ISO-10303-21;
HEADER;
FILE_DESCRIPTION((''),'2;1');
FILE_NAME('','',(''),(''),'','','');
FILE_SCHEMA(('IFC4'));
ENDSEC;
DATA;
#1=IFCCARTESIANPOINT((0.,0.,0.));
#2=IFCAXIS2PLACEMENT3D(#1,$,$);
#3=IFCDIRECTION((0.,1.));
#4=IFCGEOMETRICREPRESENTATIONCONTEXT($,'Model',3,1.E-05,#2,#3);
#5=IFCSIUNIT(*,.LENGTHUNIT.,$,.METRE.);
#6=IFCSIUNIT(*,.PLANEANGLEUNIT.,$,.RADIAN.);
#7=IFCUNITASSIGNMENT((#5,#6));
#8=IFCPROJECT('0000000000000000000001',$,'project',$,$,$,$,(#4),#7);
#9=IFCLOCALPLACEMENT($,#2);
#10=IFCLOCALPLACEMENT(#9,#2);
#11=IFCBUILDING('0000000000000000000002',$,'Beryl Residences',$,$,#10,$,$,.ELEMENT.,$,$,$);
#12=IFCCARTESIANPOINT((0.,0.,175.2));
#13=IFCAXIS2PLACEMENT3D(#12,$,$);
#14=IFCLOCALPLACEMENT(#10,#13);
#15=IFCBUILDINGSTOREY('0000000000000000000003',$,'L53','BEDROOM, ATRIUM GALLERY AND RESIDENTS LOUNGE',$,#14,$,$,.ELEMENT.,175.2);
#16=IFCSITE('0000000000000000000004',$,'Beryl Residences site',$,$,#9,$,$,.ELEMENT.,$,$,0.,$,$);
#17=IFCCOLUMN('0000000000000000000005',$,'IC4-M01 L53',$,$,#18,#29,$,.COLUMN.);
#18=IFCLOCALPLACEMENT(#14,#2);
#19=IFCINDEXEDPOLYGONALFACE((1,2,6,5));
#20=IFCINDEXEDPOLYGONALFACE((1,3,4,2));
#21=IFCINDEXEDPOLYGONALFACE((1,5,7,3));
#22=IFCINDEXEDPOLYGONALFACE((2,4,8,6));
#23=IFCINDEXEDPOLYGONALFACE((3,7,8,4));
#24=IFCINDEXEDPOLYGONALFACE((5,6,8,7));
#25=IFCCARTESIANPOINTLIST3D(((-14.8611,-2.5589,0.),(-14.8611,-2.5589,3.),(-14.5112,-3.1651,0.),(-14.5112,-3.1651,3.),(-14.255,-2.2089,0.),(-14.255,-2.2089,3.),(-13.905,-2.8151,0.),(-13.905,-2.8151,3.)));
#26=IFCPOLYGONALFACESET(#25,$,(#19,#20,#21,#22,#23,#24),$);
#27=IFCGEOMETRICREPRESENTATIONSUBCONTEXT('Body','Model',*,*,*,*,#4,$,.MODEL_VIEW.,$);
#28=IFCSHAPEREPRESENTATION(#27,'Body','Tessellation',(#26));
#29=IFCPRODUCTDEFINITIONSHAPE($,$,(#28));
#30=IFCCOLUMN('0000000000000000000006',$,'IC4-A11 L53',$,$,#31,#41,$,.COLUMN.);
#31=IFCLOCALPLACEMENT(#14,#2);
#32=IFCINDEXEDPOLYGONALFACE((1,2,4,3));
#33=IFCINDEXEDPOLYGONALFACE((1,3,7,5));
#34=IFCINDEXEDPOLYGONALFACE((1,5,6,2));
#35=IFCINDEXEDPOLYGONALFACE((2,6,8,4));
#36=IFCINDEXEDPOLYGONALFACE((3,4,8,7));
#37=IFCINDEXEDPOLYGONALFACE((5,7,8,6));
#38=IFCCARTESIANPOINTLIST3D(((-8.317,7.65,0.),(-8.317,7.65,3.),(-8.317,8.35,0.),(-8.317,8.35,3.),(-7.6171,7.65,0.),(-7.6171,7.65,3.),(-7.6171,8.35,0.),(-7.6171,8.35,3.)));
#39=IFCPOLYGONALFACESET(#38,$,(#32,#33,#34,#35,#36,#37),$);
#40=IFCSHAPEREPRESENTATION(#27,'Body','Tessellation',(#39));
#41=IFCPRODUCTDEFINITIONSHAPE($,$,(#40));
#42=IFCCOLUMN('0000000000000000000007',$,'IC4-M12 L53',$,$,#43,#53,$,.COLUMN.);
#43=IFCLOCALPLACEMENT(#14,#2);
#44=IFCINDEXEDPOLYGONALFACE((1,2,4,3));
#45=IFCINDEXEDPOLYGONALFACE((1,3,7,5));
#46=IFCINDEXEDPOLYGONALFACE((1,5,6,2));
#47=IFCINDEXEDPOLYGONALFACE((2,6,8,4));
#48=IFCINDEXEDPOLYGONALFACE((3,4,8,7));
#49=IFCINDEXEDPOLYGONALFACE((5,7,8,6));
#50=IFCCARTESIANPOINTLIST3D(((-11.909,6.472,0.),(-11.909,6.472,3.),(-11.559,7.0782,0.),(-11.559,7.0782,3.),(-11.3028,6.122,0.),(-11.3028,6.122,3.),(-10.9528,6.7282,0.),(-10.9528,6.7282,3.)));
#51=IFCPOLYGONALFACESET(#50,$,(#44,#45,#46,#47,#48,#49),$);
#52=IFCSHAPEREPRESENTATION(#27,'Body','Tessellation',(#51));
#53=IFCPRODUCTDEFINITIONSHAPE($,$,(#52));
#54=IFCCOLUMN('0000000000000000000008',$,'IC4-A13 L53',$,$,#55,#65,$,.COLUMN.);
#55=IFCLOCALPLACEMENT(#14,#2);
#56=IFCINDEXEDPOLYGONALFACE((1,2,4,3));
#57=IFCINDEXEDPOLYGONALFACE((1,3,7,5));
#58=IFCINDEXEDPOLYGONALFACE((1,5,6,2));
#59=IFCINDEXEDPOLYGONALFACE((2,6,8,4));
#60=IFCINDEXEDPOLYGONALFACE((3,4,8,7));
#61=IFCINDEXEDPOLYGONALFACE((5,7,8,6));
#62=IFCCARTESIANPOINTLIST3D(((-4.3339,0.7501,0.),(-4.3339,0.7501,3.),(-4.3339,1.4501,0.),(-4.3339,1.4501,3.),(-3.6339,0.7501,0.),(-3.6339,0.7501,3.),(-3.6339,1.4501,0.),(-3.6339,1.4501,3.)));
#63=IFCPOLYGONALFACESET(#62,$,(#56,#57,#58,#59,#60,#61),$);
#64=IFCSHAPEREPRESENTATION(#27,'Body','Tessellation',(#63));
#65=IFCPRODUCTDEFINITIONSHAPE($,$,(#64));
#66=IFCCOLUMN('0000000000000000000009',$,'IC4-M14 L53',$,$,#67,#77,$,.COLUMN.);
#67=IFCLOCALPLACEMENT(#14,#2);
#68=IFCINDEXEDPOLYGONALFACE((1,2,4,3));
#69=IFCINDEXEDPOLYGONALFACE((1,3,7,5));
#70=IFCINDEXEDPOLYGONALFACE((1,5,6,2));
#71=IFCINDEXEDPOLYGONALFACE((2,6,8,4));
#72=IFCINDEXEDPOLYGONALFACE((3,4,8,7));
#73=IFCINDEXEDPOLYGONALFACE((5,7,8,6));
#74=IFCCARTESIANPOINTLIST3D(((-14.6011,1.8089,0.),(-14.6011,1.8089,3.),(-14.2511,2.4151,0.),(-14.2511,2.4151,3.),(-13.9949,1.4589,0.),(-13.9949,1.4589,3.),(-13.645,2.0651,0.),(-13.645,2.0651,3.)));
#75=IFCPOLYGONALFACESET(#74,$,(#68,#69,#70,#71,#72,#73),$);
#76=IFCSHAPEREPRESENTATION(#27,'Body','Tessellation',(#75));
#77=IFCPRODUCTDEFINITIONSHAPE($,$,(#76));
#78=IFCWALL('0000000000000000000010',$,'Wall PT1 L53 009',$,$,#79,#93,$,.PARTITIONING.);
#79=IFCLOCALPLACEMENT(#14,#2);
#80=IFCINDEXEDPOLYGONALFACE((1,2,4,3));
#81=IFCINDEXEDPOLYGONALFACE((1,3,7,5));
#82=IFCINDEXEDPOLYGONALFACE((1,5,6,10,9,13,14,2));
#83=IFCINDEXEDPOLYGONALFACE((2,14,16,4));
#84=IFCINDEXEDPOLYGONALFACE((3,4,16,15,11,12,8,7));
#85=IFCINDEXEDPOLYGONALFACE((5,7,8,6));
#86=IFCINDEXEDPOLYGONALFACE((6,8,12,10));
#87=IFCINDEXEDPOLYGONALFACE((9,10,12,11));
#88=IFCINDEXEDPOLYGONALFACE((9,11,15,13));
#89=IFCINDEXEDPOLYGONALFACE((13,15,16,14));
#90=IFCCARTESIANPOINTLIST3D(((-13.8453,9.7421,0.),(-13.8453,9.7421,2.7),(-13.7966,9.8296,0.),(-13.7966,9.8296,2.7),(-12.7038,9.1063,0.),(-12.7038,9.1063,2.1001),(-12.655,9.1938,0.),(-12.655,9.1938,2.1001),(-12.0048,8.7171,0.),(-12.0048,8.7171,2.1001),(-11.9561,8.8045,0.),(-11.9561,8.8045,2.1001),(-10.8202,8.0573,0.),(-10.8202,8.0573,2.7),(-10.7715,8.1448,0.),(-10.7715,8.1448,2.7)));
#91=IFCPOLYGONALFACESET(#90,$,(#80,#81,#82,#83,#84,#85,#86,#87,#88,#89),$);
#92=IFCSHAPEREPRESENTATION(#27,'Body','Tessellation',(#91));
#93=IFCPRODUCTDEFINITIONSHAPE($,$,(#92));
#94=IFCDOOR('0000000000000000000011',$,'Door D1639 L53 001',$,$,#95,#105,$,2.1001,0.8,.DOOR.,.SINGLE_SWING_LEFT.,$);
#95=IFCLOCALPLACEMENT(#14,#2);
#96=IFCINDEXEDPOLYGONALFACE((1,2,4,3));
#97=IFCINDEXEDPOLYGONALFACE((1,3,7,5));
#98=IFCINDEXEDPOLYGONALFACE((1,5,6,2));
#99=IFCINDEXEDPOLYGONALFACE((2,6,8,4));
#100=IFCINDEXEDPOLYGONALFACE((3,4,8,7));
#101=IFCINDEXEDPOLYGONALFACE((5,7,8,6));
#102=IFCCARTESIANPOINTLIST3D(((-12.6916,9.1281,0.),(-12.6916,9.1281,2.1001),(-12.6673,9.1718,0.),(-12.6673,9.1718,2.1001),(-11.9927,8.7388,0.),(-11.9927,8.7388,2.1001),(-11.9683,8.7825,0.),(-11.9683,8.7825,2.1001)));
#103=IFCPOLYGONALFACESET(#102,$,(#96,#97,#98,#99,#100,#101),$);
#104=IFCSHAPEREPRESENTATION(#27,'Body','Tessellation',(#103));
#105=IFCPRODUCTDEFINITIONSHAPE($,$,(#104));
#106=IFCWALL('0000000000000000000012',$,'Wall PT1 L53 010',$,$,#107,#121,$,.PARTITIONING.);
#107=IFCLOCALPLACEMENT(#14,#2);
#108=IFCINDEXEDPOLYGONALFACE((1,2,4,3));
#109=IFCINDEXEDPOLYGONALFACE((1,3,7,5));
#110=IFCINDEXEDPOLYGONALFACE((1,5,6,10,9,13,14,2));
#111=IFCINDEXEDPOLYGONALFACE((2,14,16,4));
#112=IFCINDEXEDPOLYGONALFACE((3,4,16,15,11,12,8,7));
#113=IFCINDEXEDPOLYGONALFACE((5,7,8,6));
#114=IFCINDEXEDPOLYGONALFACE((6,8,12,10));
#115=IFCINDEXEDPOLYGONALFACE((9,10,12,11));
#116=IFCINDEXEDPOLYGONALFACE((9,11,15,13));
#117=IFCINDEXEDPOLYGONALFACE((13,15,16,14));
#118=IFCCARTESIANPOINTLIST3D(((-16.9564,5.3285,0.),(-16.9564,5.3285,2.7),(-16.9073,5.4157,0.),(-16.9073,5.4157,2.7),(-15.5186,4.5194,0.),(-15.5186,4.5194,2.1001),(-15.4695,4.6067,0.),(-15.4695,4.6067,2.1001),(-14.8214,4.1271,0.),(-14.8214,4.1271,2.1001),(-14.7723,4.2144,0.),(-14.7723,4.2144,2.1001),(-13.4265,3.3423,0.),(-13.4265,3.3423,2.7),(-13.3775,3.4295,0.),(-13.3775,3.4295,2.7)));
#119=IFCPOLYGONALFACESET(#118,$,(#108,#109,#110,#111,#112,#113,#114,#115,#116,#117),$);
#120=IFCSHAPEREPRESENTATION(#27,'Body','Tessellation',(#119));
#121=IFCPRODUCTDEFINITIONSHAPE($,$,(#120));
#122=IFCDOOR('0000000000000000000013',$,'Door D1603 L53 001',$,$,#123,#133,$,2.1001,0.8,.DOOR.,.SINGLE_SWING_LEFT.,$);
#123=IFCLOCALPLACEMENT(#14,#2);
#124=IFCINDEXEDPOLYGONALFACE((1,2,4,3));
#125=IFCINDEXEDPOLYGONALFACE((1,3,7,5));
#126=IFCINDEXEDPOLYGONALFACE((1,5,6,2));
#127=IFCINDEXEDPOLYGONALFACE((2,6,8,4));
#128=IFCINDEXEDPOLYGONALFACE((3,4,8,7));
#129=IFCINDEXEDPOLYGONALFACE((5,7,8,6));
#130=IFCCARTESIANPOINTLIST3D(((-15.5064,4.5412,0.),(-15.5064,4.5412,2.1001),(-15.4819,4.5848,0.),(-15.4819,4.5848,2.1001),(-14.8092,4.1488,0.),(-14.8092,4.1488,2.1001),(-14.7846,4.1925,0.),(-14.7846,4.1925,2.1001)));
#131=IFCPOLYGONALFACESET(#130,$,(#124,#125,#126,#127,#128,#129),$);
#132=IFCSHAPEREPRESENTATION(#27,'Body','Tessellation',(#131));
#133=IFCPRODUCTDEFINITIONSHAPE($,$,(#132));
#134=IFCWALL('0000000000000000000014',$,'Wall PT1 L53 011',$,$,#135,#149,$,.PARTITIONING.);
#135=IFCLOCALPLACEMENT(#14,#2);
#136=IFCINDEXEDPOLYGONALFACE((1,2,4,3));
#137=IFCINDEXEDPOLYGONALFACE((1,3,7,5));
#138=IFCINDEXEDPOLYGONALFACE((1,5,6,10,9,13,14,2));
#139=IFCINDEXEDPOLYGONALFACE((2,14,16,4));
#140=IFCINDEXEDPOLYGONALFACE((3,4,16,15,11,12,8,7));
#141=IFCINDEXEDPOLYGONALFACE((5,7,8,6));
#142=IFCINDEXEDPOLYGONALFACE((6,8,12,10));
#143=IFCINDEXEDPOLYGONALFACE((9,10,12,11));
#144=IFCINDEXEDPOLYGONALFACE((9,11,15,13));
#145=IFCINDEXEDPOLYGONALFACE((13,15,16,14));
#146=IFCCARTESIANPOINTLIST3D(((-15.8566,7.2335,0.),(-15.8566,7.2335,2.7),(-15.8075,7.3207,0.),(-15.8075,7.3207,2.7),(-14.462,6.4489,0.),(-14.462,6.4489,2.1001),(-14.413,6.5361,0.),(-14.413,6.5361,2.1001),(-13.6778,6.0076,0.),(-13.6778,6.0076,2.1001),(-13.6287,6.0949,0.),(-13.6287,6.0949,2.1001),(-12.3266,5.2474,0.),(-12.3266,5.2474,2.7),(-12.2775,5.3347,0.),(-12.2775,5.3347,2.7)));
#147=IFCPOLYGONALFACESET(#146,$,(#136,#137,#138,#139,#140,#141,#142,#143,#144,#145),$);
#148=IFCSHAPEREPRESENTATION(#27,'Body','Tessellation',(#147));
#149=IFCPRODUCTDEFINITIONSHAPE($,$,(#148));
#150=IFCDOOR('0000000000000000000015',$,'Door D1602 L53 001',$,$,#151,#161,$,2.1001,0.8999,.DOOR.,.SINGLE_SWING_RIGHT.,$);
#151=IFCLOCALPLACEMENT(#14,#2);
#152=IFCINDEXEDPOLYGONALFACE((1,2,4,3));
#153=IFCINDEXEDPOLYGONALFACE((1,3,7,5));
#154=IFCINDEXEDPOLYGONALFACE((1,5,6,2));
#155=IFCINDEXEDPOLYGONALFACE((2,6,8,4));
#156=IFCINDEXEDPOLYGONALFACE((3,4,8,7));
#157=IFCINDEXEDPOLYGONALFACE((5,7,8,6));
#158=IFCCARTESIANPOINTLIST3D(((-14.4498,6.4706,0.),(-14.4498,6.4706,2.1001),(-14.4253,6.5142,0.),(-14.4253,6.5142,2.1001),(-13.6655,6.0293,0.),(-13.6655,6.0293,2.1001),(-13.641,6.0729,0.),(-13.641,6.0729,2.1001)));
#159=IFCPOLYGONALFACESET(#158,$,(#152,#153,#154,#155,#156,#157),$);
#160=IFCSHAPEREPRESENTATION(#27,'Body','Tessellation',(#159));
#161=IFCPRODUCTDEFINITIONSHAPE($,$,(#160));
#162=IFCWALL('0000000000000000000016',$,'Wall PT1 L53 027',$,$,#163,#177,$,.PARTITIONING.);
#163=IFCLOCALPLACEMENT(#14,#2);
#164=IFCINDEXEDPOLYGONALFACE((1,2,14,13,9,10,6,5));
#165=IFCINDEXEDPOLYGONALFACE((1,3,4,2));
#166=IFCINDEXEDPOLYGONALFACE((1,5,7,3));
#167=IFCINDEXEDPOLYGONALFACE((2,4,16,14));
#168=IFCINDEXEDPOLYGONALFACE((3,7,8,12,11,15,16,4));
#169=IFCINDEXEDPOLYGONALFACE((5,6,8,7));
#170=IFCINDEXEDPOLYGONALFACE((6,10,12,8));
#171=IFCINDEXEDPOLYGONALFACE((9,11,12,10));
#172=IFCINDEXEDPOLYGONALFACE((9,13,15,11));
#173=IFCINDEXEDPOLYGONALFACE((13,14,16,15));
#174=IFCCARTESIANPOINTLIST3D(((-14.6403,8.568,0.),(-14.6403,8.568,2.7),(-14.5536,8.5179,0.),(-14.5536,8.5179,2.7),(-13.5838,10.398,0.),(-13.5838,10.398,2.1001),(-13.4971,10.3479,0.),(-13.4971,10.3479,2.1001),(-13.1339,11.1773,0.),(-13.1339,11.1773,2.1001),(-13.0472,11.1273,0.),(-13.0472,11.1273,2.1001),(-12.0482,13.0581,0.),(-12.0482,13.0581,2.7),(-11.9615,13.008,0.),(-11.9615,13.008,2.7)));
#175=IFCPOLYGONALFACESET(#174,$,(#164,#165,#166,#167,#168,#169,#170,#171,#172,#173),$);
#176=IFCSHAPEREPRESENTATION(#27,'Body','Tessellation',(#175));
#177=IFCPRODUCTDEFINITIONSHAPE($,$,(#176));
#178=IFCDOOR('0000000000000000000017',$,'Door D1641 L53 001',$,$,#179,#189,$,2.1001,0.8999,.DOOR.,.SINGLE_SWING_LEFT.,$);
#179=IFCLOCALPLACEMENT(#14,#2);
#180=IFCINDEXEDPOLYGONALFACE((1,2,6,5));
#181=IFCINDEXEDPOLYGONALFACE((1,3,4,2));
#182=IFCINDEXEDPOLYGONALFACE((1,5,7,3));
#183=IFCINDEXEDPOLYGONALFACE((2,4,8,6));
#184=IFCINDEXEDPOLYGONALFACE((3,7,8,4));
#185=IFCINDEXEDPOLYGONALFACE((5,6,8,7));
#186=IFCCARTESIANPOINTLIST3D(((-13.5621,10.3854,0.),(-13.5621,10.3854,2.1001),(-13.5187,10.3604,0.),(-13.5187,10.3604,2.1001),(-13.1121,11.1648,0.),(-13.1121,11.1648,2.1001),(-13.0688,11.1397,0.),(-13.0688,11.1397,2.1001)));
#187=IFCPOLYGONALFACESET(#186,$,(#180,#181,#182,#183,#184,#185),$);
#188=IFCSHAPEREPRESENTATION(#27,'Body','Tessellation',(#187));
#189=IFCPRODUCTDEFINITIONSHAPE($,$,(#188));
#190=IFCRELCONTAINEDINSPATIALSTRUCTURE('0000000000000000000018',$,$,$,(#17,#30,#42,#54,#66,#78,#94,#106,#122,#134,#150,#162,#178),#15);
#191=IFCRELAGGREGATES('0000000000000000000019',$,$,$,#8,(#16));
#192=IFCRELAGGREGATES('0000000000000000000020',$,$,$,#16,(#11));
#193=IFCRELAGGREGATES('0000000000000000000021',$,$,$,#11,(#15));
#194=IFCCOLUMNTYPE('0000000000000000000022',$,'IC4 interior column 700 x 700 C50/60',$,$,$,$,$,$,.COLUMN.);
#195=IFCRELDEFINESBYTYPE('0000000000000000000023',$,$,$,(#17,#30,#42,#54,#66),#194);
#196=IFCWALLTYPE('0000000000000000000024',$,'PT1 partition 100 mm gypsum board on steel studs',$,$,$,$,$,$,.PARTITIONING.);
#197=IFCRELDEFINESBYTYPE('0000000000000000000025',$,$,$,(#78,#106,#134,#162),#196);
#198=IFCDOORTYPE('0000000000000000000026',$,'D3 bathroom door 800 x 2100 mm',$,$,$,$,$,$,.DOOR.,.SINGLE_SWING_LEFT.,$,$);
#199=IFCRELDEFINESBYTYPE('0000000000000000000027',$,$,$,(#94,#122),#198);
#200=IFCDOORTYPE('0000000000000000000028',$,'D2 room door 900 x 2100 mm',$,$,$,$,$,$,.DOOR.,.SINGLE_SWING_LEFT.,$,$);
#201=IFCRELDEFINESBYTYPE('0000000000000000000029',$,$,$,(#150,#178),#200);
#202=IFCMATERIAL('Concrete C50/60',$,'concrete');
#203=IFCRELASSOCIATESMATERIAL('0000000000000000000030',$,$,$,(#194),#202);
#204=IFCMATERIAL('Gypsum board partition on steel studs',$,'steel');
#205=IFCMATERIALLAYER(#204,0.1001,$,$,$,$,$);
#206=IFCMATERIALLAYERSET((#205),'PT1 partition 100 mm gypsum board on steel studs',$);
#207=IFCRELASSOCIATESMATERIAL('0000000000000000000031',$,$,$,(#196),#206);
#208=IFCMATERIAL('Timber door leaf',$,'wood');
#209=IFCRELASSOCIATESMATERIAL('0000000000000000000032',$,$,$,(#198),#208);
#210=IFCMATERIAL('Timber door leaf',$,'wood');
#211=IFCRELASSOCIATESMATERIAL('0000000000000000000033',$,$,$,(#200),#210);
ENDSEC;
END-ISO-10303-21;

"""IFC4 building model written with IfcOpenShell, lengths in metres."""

from ifc_helpers import new_model, si_unit, direction, frame, frame_2d, origin, origin_2d, place, context, subcontext, project, spatial, rectangle, extrude, material, layer, layer_set, material_profile, profile_set, type_object, element, fill, save


model = new_model("IFC4")

# Units and contexts
model_context = context("Model", 3, precision=1e-05, world=origin(), true_north=direction((0.0, 1.0)))
body_context = subcontext(model_context, "Body", "Model", "MODEL_VIEW")
ifc_project = project(units=[si_unit("LENGTHUNIT", "METRE"), si_unit("PLANEANGLEUNIT", "RADIAN")], contexts=[model_context])

# Site, building, storey
site_placement = place(None, origin())
site = spatial("IfcSite", under=ifc_project, at=site_placement, Name="Beryl Residences site", CompositionType="ELEMENT", RefElevation=0.0)
building_placement = place(site_placement, origin())
building = spatial("IfcBuilding", under=site, at=building_placement, Name="Beryl Residences", CompositionType="ELEMENT")
storey_placement = place(building_placement, frame((0.0, 0.0, 175.2)))
storey = spatial("IfcBuildingStorey", under=building, at=storey_placement, Name="L53", Description="BEDROOM, ATRIUM GALLERY AND RESIDENTS LOUNGE", CompositionType="ELEMENT", Elevation=175.2)

# Columns
ifc_material_1 = material(Name="Concrete C50/60", Category="concrete")
ifc_material_profile = material_profile(ifc_material_1, rectangle(XDim=0.7, YDim=0.7, at=origin_2d()))
ifc_profile_set = profile_set([ifc_material_profile], Name="Concrete C50/60")
column_type = type_object("IfcColumnType", Name="IC4 interior column 700 x 700 C50/60", PredefinedType="COLUMN", material=ifc_profile_set)
for number, where, z_axis, x_axis, name in (
    (1, (-14.3831, -2.687, 0.0), (0.0, 0.0, 1.0), (0.5, -0.866025, 0.0), "IC4-M01 L53"),
    (2, (-7.967, 8.0, 0.0), (0.0, 0.0, 1.0), (1.0, 0.0, 0.0), "IC4-A11 L53"),
    (3, (-11.4309, 6.6001, 0.0), (0.0, 0.0, 1.0), (-0.5, -0.866025, 0.0), "IC4-M12 L53"),
    (4, (-3.9839, 1.1001, 0.0), (0.0, 0.0, 1.0), (1.0, 0.0, 0.0), "IC4-A13 L53"),
    (5, (-14.123, 1.937, 0.0), (0.0, 0.0, 1.0), (-0.5, -0.866025, 0.0), "IC4-M14 L53"),
):
    element("IfcColumn", number, at=place(storey_placement, frame(where, z_axis=z_axis, x_axis=x_axis)), inside=storey, type_object=column_type, Name=name, PredefinedType="COLUMN", context=body_context, shape_type="SweptSolid", body=[
        extrude(rectangle(XDim=0.7, YDim=0.7, at=origin_2d()), origin(), (0.0, 0.0, 1.0), 3.0),
    ])

# Walls, openings, doors
ifc_material_2 = material(Name="Gypsum board partition on steel studs", Category="steel")
ifc_layer_1 = layer(ifc_material_2, 0.1001)
ifc_layer_set_1 = layer_set([ifc_layer_1], Name="PT1 partition 100 mm gypsum board on steel studs")
wall_type_1 = type_object("IfcWallType", Name="PT1 partition 100 mm gypsum board on steel studs", PredefinedType="PARTITIONING", material=ifc_layer_set_1)
wall_1_placement = place(storey_placement, frame((-13.821, 9.7859, 0.0), z_axis=(0.0, 0.0, 1.0), x_axis=(0.873645, -0.486565, 0.0)))
wall_1 = element("IfcWall", 6, at=wall_1_placement, inside=storey, type_object=wall_type_1, Name="Wall PT1 L53 009", PredefinedType="PARTITIONING", context=body_context, shape_type="SweptSolid", body=[
    extrude(rectangle(XDim=3.4626, YDim=0.1001, at=frame_2d((1.7314, 0.0))), origin(), (0.0, 0.0, 1.0), 2.7),
])
opening_1_placement = place(wall_1_placement, frame((1.3069, 0.0, 0.0)))
opening_1 = element("IfcOpeningElement", 7, at=opening_1_placement, cuts=wall_1, PredefinedType="OPENING", context=body_context, shape_type="SweptSolid", body=[
    extrude(rectangle(XDim=0.8, YDim=2.1001, at=frame_2d((0.3999, 1.05))), frame((0.0, 0.0601, 0.0), z_axis=(0.0, -1.0, 0.0), x_axis=(1.0, 0.0, 0.0)), (0.0, 0.0, 1.0), 0.1201),
])
ifc_material_3 = material(Name="Timber door leaf", Category="wood")
door_type_1 = type_object("IfcDoorType", Name="D3 bathroom door 800 x 2100 mm", OperationType="SINGLE_SWING_LEFT", PredefinedType="DOOR", material=ifc_material_3)
door_1_placement = place(opening_1_placement, origin())
door_1 = element("IfcDoor", 8, at=door_1_placement, inside=storey, type_object=door_type_1, Name="Door D1639 L53 001", OperationType="SINGLE_SWING_LEFT", OverallHeight=2.1001, OverallWidth=0.8, PredefinedType="DOOR", context=body_context, shape_type="SweptSolid", body=[
    extrude(rectangle(XDim=0.8, YDim=2.1001, at=frame_2d((0.3999, 1.05))), frame((0.0, 0.0249, 0.0), z_axis=(0.0, -1.0, 0.0), x_axis=(1.0, 0.0, 0.0)), (0.0, 0.0, 1.0), 0.05),
])
fill(opening_1, door_1)
wall_2_placement = place(storey_placement, frame((-16.9319, 5.3721, 0.0), z_axis=(0.0, 0.0, 1.0), x_axis=(0.871514, -0.49037, 0.0)))
wall_2 = element("IfcWall", 9, at=wall_2_placement, inside=storey, type_object=wall_type_1, Name="Wall PT1 L53 010", PredefinedType="PARTITIONING", context=body_context, shape_type="SweptSolid", body=[
    extrude(rectangle(XDim=4.0503, YDim=0.1001, at=frame_2d((2.0251, 0.0))), origin(), (0.0, 0.0, 1.0), 2.7),
])
opening_2_placement = place(wall_2_placement, frame((1.6499, 0.0, 0.0)))
opening_2 = element("IfcOpeningElement", 10, at=opening_2_placement, cuts=wall_2, PredefinedType="OPENING", context=body_context, shape_type="SweptSolid", body=[
    extrude(rectangle(XDim=0.8, YDim=2.1001, at=frame_2d((0.3999, 1.05))), frame((0.0, 0.0601, 0.0), z_axis=(0.0, -1.0, 0.0), x_axis=(1.0, 0.0, 0.0)), (0.0, 0.0, 1.0), 0.1201),
])
door_2_placement = place(opening_2_placement, origin())
door_2 = element("IfcDoor", 11, at=door_2_placement, inside=storey, type_object=door_type_1, Name="Door D1603 L53 001", OperationType="SINGLE_SWING_LEFT", OverallHeight=2.1001, OverallWidth=0.8, PredefinedType="DOOR", context=body_context, shape_type="SweptSolid", body=[
    extrude(rectangle(XDim=0.8, YDim=2.1001, at=frame_2d((0.3999, 1.05))), frame((0.0, 0.0249, 0.0), z_axis=(0.0, -1.0, 0.0), x_axis=(1.0, 0.0, 0.0)), (0.0, 0.0, 1.0), 0.05),
])
fill(opening_2, door_2)
wall_3_placement = place(storey_placement, frame((-15.832, 7.2771, 0.0), z_axis=(0.0, 0.0, 1.0), x_axis=(0.871529, -0.490344, 0.0)))
wall_3 = element("IfcWall", 12, at=wall_3_placement, inside=storey, type_object=wall_type_1, Name="Wall PT1 L53 011", PredefinedType="PARTITIONING", context=body_context, shape_type="SweptSolid", body=[
    extrude(rectangle(XDim=4.0503, YDim=0.1001, at=frame_2d((2.0251, 0.0))), origin(), (0.0, 0.0, 1.0), 2.7),
])
opening_3_placement = place(wall_3_placement, frame((1.6001, 0.0, 0.0)))
opening_3 = element("IfcOpeningElement", 13, at=opening_3_placement, cuts=wall_3, PredefinedType="OPENING", context=body_context, shape_type="SweptSolid", body=[
    extrude(rectangle(XDim=0.8999, YDim=2.1001, at=frame_2d((0.45, 1.05))), frame((0.0, 0.0601, 0.0), z_axis=(0.0, -1.0, 0.0), x_axis=(1.0, 0.0, 0.0)), (0.0, 0.0, 1.0), 0.1201),
])
ifc_material_4 = material(Name="Timber door leaf", Category="wood")
door_type_2 = type_object("IfcDoorType", Name="D2 room door 900 x 2100 mm", OperationType="SINGLE_SWING_LEFT", PredefinedType="DOOR", material=ifc_material_4)
door_3_placement = place(opening_3_placement, origin())
door_3 = element("IfcDoor", 14, at=door_3_placement, inside=storey, type_object=door_type_2, Name="Door D1602 L53 001", OperationType="SINGLE_SWING_RIGHT", OverallHeight=2.1001, OverallWidth=0.8999, PredefinedType="DOOR", context=body_context, shape_type="SweptSolid", body=[
    extrude(rectangle(XDim=0.8999, YDim=2.1001, at=frame_2d((0.45, 1.05))), frame((0.0, 0.0249, 0.0), z_axis=(0.0, -1.0, 0.0), x_axis=(1.0, 0.0, 0.0)), (0.0, 0.0, 1.0), 0.05),
])
fill(opening_3, door_3)
wall_4_placement = place(storey_placement, frame((-14.5969, 8.543, 0.0), z_axis=(0.0, 0.0, 1.0), x_axis=(0.499963, 0.866047, 0.0)))
wall_4 = element("IfcWall", 15, at=wall_4_placement, inside=storey, type_object=wall_type_1, Name="Wall PT1 L53 027", PredefinedType="PARTITIONING", context=body_context, shape_type="SweptSolid", body=[
    extrude(rectangle(XDim=5.1846, YDim=0.1001, at=frame_2d((2.5923, 0.0))), origin(), (0.0, 0.0, 1.0), 2.7),
])
opening_4_placement = place(wall_4_placement, frame((2.113, 0.0, 0.0)))
opening_4 = element("IfcOpeningElement", 16, at=opening_4_placement, cuts=wall_4, PredefinedType="OPENING", context=body_context, shape_type="SweptSolid", body=[
    extrude(rectangle(XDim=0.8999, YDim=2.1001, at=frame_2d((0.45, 1.05))), frame((0.0, 0.0601, 0.0), z_axis=(0.0, -1.0, 0.0), x_axis=(1.0, 0.0, 0.0)), (0.0, 0.0, 1.0), 0.1201),
])
door_4_placement = place(opening_4_placement, origin())
door_4 = element("IfcDoor", 17, at=door_4_placement, inside=storey, type_object=door_type_2, Name="Door D1641 L53 001", OperationType="SINGLE_SWING_LEFT", OverallHeight=2.1001, OverallWidth=0.8999, PredefinedType="DOOR", context=body_context, shape_type="SweptSolid", body=[
    extrude(rectangle(XDim=0.8999, YDim=2.1001, at=frame_2d((0.45, 1.05))), frame((0.0, 0.0249, 0.0), z_axis=(0.0, -1.0, 0.0), x_axis=(1.0, 0.0, 0.0)), (0.0, 0.0, 1.0), 0.05),
])
fill(opening_4, door_4)

save(model, "model.ifc")
